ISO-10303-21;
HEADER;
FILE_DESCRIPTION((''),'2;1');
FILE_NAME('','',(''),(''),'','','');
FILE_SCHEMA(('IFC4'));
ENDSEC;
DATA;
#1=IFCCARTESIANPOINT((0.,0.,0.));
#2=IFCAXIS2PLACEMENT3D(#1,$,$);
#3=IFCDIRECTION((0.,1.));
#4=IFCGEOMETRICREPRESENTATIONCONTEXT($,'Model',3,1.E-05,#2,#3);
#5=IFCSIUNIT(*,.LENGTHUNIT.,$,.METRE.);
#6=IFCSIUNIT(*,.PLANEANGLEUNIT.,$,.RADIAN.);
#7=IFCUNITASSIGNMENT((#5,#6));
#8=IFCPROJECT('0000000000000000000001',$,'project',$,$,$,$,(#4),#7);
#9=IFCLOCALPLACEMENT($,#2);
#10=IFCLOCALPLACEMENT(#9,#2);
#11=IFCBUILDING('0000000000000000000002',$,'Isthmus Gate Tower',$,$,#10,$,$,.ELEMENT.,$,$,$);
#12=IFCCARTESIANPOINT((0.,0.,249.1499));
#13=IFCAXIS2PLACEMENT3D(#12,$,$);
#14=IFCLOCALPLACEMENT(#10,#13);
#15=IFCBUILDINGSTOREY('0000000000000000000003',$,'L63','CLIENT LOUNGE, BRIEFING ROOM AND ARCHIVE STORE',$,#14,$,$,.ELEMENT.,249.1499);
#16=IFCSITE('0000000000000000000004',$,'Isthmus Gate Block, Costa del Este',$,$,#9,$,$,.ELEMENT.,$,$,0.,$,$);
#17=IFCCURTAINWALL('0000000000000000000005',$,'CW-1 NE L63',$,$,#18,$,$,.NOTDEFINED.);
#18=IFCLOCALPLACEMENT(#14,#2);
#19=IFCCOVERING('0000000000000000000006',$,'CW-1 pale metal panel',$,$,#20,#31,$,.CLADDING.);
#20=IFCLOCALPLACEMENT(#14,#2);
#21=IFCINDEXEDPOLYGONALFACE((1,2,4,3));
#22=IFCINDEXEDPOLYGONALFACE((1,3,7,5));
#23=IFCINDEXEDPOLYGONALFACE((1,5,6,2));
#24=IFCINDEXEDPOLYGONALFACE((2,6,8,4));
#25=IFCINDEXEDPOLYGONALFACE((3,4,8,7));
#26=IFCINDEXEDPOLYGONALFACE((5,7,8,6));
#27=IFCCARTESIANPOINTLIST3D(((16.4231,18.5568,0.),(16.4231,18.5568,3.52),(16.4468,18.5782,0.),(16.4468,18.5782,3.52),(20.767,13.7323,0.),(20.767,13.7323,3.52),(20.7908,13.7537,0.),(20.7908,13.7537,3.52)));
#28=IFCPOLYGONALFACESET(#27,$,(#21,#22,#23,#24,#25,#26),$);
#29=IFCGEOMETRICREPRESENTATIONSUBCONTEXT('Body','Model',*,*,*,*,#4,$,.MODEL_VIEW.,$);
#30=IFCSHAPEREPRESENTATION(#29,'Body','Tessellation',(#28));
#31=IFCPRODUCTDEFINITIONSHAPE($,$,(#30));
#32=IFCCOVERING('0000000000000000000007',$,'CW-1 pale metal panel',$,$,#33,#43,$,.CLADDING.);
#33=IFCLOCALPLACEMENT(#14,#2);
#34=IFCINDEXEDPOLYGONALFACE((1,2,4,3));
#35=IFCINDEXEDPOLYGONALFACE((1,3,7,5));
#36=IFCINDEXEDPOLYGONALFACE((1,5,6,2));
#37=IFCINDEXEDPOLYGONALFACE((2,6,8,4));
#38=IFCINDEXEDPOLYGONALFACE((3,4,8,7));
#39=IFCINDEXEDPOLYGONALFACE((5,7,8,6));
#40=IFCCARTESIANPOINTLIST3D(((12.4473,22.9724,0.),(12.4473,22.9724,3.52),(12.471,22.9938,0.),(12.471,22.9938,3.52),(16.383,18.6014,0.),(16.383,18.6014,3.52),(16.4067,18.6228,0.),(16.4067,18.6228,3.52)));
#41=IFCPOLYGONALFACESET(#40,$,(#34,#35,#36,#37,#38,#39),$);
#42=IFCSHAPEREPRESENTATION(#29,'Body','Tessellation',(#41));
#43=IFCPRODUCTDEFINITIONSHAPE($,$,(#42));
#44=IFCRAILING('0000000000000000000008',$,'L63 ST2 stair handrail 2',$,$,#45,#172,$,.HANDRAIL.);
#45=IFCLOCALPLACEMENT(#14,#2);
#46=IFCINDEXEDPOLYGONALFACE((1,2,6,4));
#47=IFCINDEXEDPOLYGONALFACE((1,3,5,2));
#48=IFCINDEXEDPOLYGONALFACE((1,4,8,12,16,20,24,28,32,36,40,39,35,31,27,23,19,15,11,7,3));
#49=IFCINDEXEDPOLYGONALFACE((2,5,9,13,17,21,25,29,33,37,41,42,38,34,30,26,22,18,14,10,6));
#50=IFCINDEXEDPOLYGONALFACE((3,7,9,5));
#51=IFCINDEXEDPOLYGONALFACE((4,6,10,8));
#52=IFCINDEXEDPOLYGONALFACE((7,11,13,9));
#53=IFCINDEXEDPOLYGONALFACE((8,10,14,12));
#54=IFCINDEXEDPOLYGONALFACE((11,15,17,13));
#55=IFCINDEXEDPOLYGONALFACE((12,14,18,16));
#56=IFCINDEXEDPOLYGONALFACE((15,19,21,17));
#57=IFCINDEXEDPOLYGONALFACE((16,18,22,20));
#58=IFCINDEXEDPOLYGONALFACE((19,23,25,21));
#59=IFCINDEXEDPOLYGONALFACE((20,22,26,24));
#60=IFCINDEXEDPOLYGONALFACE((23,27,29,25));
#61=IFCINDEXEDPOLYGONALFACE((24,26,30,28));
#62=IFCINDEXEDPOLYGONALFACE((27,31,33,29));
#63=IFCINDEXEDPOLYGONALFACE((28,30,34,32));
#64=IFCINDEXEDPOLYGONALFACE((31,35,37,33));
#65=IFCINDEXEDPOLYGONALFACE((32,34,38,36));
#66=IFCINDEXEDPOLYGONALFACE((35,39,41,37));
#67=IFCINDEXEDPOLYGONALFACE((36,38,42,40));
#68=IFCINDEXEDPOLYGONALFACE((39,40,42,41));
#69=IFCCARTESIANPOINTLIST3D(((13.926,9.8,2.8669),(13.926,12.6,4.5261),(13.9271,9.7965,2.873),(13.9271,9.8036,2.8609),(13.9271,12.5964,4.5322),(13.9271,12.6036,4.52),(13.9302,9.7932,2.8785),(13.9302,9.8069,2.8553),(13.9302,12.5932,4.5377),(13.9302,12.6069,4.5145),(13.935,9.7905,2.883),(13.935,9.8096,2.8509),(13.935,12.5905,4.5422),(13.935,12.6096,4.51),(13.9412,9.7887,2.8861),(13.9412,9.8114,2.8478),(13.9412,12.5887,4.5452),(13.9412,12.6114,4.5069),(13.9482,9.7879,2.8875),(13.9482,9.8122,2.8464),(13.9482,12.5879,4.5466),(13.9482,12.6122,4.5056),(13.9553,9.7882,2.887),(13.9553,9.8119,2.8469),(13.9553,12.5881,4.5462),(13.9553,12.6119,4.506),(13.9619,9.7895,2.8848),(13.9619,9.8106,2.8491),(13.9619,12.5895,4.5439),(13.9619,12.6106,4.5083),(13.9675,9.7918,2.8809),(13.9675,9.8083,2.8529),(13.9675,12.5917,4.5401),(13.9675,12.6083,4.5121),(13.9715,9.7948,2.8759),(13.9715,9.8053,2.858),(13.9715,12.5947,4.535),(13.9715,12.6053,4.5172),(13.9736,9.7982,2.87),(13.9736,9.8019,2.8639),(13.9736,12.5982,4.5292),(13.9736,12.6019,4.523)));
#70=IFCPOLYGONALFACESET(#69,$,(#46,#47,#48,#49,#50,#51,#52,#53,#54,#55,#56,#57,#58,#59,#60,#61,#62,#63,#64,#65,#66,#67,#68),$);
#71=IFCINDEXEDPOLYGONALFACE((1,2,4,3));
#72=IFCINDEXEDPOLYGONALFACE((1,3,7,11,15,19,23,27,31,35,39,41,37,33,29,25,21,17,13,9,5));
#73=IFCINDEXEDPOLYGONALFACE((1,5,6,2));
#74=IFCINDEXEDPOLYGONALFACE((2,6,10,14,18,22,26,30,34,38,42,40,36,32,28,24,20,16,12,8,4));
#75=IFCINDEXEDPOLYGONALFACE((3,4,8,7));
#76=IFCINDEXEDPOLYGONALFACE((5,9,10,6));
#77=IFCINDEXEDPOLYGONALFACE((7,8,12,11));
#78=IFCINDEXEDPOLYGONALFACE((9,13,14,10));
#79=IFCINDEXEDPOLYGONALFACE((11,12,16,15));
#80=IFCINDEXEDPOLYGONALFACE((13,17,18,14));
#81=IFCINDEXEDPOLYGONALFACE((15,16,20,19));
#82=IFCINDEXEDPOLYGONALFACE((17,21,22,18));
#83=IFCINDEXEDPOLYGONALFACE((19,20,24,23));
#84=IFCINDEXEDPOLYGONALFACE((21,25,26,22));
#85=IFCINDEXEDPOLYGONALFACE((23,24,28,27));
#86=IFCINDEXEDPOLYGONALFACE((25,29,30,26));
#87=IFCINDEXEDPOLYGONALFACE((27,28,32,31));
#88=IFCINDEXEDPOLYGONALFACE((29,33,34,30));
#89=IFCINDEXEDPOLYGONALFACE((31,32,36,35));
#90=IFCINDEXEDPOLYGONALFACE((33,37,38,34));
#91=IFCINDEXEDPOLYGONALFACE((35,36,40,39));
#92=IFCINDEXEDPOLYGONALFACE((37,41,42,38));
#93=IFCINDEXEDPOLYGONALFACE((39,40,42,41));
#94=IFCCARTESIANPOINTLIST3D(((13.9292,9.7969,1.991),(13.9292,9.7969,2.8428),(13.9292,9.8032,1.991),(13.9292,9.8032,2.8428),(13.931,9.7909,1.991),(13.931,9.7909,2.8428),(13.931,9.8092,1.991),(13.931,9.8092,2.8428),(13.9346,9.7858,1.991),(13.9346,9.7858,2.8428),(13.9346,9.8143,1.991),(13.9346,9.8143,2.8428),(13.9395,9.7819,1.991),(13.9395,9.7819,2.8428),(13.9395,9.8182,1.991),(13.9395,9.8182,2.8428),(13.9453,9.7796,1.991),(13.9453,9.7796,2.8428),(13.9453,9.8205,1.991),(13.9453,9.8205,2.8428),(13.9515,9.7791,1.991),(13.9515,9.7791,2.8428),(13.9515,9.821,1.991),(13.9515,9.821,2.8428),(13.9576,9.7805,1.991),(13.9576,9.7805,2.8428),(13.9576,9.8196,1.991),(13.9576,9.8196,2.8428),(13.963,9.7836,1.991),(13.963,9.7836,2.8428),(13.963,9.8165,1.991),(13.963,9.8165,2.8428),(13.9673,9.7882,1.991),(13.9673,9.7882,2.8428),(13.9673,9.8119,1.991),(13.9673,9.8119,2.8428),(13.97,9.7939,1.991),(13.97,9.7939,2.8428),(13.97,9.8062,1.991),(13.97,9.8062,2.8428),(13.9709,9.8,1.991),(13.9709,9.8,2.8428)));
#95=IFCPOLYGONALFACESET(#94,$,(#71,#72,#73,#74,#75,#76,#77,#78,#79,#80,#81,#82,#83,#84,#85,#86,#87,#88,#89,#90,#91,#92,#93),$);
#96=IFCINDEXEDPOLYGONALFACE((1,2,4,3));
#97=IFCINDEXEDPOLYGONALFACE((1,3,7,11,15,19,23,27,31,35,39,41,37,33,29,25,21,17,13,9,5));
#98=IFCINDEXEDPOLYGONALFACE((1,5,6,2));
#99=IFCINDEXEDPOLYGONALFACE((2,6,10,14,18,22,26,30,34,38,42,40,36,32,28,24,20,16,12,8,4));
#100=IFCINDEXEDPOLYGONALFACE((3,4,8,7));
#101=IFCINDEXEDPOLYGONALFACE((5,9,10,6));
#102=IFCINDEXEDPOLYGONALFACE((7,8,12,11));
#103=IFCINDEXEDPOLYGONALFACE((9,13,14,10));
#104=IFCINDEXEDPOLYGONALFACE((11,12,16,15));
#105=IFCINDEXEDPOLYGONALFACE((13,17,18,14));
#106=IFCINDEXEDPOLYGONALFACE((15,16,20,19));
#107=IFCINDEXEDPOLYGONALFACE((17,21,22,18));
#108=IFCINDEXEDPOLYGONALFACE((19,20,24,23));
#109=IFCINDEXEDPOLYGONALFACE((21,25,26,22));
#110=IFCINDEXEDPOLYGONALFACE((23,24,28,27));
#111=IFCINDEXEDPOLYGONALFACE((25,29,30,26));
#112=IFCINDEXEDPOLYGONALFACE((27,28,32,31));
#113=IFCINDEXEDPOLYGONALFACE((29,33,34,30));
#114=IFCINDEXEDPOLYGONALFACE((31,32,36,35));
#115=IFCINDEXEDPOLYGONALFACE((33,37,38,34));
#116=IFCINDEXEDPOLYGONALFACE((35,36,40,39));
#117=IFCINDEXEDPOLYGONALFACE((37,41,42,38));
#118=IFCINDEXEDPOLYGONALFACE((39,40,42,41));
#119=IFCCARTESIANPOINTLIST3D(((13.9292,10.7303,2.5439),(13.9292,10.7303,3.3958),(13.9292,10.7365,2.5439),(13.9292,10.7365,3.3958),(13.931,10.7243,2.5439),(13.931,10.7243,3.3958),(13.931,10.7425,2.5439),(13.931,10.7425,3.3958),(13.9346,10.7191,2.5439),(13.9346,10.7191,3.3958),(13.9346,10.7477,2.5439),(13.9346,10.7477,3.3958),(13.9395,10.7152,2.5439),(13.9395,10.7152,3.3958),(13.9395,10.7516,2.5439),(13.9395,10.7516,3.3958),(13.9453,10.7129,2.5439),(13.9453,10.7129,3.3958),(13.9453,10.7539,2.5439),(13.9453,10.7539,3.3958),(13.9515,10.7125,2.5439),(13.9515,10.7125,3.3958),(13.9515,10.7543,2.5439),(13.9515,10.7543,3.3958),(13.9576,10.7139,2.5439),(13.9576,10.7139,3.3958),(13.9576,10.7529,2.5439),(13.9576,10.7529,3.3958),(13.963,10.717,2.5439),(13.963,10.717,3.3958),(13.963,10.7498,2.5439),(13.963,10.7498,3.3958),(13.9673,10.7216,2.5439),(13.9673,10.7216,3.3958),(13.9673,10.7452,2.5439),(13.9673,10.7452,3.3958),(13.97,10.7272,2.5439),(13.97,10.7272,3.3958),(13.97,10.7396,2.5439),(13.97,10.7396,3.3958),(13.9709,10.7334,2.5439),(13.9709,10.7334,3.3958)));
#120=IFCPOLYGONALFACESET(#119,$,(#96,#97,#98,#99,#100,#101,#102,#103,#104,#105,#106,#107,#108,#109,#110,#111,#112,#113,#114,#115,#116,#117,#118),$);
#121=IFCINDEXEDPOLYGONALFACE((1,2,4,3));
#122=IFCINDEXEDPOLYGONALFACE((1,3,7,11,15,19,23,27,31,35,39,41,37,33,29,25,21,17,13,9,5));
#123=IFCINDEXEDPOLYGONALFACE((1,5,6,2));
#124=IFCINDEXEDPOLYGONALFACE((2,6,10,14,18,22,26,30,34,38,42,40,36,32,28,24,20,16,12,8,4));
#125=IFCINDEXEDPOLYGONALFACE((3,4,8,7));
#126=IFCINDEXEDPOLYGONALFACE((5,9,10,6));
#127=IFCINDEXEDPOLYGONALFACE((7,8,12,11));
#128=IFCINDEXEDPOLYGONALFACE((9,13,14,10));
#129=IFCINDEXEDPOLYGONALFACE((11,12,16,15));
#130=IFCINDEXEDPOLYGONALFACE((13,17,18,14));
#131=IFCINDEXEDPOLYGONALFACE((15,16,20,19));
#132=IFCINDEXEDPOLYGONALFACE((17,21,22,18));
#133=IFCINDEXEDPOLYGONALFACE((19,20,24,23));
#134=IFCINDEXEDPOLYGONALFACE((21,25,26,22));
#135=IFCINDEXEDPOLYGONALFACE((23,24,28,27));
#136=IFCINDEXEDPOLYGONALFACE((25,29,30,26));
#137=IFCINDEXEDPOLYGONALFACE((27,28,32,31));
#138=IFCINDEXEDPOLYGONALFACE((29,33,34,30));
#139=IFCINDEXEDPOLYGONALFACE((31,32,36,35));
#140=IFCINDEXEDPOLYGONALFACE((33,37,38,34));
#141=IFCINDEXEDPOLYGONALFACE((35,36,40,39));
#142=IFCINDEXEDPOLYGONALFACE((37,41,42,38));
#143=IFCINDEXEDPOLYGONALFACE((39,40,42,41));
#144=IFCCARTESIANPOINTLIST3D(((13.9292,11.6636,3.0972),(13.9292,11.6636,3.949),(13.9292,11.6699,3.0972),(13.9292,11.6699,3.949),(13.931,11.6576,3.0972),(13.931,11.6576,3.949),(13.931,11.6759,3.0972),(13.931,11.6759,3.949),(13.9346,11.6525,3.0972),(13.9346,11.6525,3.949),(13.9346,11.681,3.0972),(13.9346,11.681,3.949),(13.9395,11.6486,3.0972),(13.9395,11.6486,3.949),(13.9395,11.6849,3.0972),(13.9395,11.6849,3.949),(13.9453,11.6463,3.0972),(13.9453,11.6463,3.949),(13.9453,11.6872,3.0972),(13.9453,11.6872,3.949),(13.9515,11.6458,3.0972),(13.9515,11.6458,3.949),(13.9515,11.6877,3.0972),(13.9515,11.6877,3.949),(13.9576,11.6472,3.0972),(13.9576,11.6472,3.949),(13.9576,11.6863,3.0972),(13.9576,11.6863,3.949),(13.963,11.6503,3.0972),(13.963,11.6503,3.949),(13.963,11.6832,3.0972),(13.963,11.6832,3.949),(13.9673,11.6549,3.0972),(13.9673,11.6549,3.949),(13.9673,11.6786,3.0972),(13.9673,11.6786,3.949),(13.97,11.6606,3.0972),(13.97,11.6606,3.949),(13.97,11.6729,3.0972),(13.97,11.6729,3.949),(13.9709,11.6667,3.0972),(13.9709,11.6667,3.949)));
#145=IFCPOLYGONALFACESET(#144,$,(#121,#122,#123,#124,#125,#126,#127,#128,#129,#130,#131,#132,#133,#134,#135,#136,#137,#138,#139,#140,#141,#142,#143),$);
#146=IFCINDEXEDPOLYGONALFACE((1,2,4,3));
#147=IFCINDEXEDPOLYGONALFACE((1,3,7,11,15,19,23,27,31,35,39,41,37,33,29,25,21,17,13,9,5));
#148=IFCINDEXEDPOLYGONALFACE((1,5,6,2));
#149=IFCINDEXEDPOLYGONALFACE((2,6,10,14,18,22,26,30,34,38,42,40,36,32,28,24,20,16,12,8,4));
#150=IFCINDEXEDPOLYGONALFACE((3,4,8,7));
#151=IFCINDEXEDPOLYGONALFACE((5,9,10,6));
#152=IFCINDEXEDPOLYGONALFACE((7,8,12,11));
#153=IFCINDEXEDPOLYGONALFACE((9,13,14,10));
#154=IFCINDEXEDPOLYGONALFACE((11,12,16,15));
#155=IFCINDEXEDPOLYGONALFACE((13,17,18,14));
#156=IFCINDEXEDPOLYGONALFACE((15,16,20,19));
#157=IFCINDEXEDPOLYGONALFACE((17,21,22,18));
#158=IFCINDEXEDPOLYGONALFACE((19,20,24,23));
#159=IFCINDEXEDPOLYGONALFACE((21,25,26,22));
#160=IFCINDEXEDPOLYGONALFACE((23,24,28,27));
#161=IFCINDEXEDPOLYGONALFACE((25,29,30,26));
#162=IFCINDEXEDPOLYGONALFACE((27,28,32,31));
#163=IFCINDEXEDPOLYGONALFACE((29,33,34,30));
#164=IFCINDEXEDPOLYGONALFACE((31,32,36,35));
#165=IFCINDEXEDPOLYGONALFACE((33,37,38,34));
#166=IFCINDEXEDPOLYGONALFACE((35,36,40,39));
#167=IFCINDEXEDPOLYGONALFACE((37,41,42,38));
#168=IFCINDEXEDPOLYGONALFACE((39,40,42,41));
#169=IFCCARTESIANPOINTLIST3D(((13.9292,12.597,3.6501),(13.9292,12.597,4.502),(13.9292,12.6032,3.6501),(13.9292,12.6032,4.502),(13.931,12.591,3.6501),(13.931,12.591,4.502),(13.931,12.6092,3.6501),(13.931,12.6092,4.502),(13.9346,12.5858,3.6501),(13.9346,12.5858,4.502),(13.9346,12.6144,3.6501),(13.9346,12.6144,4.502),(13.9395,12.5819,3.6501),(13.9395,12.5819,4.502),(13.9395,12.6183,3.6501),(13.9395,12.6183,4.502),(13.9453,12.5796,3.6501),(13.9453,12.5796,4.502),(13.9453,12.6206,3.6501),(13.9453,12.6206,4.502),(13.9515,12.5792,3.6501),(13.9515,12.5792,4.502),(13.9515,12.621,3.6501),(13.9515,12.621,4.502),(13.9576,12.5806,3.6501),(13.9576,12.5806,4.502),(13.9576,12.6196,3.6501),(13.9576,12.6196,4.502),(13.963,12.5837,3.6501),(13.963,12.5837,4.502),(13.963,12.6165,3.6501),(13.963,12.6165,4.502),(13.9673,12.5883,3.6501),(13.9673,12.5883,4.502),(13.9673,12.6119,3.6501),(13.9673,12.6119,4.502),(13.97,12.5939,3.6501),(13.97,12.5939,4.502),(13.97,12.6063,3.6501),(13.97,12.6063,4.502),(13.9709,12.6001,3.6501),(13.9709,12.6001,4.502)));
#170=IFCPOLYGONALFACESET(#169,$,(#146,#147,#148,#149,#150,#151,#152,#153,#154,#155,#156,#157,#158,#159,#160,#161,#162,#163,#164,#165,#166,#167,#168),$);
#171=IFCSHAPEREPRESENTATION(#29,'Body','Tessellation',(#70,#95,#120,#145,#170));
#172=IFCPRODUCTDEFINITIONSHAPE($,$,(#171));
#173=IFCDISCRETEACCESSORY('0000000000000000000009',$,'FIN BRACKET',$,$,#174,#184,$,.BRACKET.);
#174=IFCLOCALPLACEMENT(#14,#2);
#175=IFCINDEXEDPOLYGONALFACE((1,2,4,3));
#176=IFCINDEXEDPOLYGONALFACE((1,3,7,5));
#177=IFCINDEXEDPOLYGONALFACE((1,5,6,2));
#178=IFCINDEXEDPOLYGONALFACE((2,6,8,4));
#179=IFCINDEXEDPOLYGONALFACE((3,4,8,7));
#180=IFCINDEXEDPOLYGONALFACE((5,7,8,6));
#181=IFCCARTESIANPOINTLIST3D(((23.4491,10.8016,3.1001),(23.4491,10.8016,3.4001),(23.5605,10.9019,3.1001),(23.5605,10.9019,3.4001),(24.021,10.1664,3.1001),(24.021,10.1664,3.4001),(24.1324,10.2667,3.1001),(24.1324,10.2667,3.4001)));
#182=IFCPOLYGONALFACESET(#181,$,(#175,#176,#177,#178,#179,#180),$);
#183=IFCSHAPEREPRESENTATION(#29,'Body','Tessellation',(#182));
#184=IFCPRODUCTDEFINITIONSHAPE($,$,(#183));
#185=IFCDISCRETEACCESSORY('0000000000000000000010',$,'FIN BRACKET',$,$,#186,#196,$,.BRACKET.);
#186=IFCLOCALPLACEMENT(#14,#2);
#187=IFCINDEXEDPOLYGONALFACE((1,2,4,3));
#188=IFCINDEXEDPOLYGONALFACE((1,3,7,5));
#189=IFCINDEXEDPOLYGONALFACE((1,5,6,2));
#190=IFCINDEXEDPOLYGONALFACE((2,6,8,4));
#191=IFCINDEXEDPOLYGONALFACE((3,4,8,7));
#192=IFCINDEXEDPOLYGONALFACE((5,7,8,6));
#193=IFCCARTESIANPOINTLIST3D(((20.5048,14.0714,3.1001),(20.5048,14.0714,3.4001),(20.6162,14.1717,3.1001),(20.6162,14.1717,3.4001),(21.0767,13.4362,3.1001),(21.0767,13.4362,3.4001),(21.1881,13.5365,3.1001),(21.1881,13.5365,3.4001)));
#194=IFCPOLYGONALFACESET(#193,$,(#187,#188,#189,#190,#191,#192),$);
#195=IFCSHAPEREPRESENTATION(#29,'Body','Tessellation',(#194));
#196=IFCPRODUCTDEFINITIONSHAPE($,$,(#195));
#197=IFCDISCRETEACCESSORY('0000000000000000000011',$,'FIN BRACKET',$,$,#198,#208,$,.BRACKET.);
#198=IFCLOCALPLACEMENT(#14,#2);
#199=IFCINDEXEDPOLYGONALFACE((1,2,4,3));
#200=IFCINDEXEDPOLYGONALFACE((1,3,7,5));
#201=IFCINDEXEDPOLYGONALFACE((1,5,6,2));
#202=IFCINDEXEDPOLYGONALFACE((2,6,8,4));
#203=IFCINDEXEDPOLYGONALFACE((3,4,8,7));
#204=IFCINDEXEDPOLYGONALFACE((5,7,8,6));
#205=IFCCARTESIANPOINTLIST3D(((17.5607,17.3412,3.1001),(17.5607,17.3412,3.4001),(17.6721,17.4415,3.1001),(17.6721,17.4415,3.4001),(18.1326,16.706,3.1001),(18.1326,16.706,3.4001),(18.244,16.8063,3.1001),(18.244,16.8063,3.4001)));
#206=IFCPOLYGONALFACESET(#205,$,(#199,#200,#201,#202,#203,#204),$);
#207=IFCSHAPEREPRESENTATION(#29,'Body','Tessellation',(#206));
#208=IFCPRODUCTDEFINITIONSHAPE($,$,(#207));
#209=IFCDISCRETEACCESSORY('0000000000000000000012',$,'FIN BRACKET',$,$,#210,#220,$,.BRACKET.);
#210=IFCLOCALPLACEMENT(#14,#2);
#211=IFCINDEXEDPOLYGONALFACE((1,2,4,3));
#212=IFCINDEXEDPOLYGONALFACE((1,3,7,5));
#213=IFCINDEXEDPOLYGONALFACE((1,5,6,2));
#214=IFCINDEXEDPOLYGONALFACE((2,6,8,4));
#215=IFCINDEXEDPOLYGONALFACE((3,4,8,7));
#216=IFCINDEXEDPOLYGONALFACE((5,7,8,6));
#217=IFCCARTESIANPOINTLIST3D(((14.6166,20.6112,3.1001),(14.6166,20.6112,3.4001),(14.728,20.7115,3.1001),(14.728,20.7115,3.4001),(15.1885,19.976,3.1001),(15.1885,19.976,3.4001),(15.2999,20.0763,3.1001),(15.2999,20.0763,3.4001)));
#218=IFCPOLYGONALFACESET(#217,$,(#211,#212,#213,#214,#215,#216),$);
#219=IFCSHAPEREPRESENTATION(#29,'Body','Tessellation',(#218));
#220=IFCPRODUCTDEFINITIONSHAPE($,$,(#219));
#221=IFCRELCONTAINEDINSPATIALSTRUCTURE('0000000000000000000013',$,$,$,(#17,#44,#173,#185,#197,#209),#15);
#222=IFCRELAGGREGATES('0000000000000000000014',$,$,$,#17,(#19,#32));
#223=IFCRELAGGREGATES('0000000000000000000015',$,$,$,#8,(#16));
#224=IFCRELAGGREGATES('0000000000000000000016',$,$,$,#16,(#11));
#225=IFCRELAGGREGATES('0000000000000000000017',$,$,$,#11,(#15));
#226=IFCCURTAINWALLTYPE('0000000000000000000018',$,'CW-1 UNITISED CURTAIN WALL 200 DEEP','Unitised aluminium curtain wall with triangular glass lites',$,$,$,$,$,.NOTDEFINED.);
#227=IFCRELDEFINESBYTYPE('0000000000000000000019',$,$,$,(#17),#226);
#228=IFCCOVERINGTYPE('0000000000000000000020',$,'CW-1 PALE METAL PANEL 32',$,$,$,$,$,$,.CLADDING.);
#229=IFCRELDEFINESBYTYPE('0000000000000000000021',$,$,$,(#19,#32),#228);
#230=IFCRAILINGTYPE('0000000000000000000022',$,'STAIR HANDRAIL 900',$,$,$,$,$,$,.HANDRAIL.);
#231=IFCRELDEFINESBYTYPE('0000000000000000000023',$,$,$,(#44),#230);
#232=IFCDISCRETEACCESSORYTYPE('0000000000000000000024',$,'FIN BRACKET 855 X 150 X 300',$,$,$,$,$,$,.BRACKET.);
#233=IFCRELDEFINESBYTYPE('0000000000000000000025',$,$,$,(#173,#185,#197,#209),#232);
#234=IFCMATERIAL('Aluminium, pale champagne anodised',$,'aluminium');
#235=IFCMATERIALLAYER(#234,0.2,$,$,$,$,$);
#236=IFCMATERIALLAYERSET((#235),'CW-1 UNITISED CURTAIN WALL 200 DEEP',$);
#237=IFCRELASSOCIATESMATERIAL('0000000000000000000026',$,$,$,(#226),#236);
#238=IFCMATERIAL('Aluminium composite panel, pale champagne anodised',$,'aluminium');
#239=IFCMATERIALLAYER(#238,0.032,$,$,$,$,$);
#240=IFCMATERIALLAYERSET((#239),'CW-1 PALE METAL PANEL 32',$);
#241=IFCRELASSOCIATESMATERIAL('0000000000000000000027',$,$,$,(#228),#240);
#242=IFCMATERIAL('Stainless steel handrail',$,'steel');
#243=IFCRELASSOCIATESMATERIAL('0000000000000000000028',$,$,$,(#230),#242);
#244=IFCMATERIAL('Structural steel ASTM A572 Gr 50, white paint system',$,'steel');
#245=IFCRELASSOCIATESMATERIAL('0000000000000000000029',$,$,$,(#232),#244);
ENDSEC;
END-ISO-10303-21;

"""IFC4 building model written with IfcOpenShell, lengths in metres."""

from ifc_helpers import new_model, si_unit, direction, frame, origin, origin_2d, place, context, subcontext, project, spatial, rectangle, circle, extrude, material, layer, layer_set, type_object, element, aggregate, save


model = new_model("IFC4")

# Units and contexts
model_context = context("Model", 3, precision=1e-05, world=origin(), true_north=direction((0.0, 1.0)))
body_context = subcontext(model_context, "Body", "Model", "MODEL_VIEW")
ifc_project = project(units=[si_unit("LENGTHUNIT", "METRE"), si_unit("PLANEANGLEUNIT", "RADIAN")], contexts=[model_context])

# Site, building, storey
site_placement = place(None, origin())
site = spatial("IfcSite", under=ifc_project, at=site_placement, Name="Isthmus Gate Block, Costa del Este", CompositionType="ELEMENT", RefElevation=0.0)
building_placement = place(site_placement, origin())
building = spatial("IfcBuilding", under=site, at=building_placement, Name="Isthmus Gate Tower", CompositionType="ELEMENT")
storey_placement = place(building_placement, frame((0.0, 0.0, 249.1499)))
storey = spatial("IfcBuildingStorey", under=building, at=storey_placement, Name="L63", Description="CLIENT LOUNGE, BRIEFING ROOM AND ARCHIVE STORE", CompositionType="ELEMENT", Elevation=249.1499)

# Curtain wall
ifc_material_1 = material(Name="Aluminium, pale champagne anodised", Category="aluminium")
ifc_layer_1 = layer(ifc_material_1, 0.2)
ifc_layer_set_1 = layer_set([ifc_layer_1], Name="CW-1 UNITISED CURTAIN WALL 200 DEEP")
curtain_wall_type = type_object("IfcCurtainWallType", Name="CW-1 UNITISED CURTAIN WALL 200 DEEP", Description="Unitised aluminium curtain wall with triangular glass lites", PredefinedType="NOTDEFINED", material=ifc_layer_set_1)
curtain_wall_placement = place(storey_placement, origin())
curtain_wall = element("IfcCurtainWall", 1, at=curtain_wall_placement, inside=storey, type_object=curtain_wall_type, Name="CW-1 NE L63", PredefinedType="NOTDEFINED")

# Coverings
ifc_material_2 = material(Name="Aluminium composite panel, pale champagne anodised", Category="aluminium")
ifc_layer_2 = layer(ifc_material_2, 0.032)
ifc_layer_set_2 = layer_set([ifc_layer_2], Name="CW-1 PALE METAL PANEL 32")
covering_type = type_object("IfcCoveringType", Name="CW-1 PALE METAL PANEL 32", PredefinedType="CLADDING", material=ifc_layer_set_2)
covering_1_placement = place(storey_placement, frame((18.6069, 16.1553, 0.0), z_axis=(0.0, 0.0, 1.0), x_axis=(-0.669131, 0.743145, 0.0)))
covering_1 = element("IfcCovering", 2, at=covering_1_placement, type_object=covering_type, Name="CW-1 pale metal panel", PredefinedType="CLADDING", context=body_context, shape_type="SweptSolid", body=[
    extrude(rectangle(XDim=6.4919, YDim=0.032, at=origin_2d()), origin(), (0.0, 0.0, 1.0), 3.52),
])
covering_2_placement = place(storey_placement, frame((14.427, 20.7976, 0.0), z_axis=(0.0, 0.0, 1.0), x_axis=(-0.669131, 0.743145, 0.0)))
covering_2 = element("IfcCovering", 3, at=covering_2_placement, type_object=covering_type, Name="CW-1 pale metal panel", PredefinedType="CLADDING", context=body_context, shape_type="SweptSolid", body=[
    extrude(rectangle(XDim=5.8818, YDim=0.032, at=origin_2d()), origin(), (0.0, 0.0, 1.0), 3.52),
])
aggregate(curtain_wall, [covering_1, covering_2])

# Railing
ifc_material_3 = material(Name="Stainless steel handrail", Category="steel")
railing_type = type_object("IfcRailingType", Name="STAIR HANDRAIL 900", PredefinedType="HANDRAIL", material=ifc_material_3)
railing_placement = place(storey_placement, frame((13.95, 9.8, 1.991)))
element("IfcRailing", 4, at=railing_placement, inside=storey, type_object=railing_type, Name="L63 ST2 stair handrail 2", PredefinedType="HANDRAIL", context=body_context, shape_type="SweptSolid", body=[
    extrude(circle(Radius=0.0239, at=origin_2d()), frame((0.0, 0.0, 0.876), z_axis=(0.0, 0.860306, 0.509778), x_axis=(-1.0, 0.0, 0.0)), (0.0, 0.0, 1.0), 3.2546),
    extrude(circle(Radius=0.021, at=origin_2d()), origin(), (0.0, 0.0, 1.0), 0.8518),
    extrude(circle(Radius=0.021, at=origin_2d()), frame((0.0, 0.9333, 0.553)), (0.0, 0.0, 1.0), 0.8518),
    extrude(circle(Radius=0.021, at=origin_2d()), frame((0.0, 1.8667, 1.1062)), (0.0, 0.0, 1.0), 0.8518),
    extrude(circle(Radius=0.021, at=origin_2d()), frame((0.0, 2.8, 1.6592)), (0.0, 0.0, 1.0), 0.8518),
])

# Discrete accessories
ifc_material_4 = material(Name="Structural steel ASTM A572 Gr 50, white paint system", Category="steel")
discrete_accessory_type = type_object("IfcDiscreteAccessoryType", Name="FIN BRACKET 855 X 150 X 300", PredefinedType="BRACKET", material=ifc_material_4)
for number, where, z_axis, x_axis, name in (
    (5, (23.7908, 10.5342, 3.1001), (0.0, 0.0, 1.0), (0.743145, 0.669131, 0.0), "FIN BRACKET"),
    (6, (20.8464, 13.804, 3.1001), (0.0, 0.0, 1.0), (0.743145, 0.669131, 0.0), "FIN BRACKET"),
    (7, (17.9023, 17.0737, 3.1001), (0.0, 0.0, 1.0), (0.743145, 0.669131, 0.0), "FIN BRACKET"),
    (8, (14.9583, 20.3438, 3.1001), (0.0, 0.0, 1.0), (0.743145, 0.669131, 0.0), "FIN BRACKET"),
):
    element("IfcDiscreteAccessory", number, at=place(storey_placement, frame(where, z_axis=z_axis, x_axis=x_axis)), inside=storey, type_object=discrete_accessory_type, Name=name, PredefinedType="BRACKET", context=body_context, shape_type="SweptSolid", body=[
        extrude(rectangle(XDim=0.1499, YDim=0.8547, at=origin_2d()), origin(), (0.0, 0.0, 1.0), 0.3),
    ])

save(model, "model.ifc")
